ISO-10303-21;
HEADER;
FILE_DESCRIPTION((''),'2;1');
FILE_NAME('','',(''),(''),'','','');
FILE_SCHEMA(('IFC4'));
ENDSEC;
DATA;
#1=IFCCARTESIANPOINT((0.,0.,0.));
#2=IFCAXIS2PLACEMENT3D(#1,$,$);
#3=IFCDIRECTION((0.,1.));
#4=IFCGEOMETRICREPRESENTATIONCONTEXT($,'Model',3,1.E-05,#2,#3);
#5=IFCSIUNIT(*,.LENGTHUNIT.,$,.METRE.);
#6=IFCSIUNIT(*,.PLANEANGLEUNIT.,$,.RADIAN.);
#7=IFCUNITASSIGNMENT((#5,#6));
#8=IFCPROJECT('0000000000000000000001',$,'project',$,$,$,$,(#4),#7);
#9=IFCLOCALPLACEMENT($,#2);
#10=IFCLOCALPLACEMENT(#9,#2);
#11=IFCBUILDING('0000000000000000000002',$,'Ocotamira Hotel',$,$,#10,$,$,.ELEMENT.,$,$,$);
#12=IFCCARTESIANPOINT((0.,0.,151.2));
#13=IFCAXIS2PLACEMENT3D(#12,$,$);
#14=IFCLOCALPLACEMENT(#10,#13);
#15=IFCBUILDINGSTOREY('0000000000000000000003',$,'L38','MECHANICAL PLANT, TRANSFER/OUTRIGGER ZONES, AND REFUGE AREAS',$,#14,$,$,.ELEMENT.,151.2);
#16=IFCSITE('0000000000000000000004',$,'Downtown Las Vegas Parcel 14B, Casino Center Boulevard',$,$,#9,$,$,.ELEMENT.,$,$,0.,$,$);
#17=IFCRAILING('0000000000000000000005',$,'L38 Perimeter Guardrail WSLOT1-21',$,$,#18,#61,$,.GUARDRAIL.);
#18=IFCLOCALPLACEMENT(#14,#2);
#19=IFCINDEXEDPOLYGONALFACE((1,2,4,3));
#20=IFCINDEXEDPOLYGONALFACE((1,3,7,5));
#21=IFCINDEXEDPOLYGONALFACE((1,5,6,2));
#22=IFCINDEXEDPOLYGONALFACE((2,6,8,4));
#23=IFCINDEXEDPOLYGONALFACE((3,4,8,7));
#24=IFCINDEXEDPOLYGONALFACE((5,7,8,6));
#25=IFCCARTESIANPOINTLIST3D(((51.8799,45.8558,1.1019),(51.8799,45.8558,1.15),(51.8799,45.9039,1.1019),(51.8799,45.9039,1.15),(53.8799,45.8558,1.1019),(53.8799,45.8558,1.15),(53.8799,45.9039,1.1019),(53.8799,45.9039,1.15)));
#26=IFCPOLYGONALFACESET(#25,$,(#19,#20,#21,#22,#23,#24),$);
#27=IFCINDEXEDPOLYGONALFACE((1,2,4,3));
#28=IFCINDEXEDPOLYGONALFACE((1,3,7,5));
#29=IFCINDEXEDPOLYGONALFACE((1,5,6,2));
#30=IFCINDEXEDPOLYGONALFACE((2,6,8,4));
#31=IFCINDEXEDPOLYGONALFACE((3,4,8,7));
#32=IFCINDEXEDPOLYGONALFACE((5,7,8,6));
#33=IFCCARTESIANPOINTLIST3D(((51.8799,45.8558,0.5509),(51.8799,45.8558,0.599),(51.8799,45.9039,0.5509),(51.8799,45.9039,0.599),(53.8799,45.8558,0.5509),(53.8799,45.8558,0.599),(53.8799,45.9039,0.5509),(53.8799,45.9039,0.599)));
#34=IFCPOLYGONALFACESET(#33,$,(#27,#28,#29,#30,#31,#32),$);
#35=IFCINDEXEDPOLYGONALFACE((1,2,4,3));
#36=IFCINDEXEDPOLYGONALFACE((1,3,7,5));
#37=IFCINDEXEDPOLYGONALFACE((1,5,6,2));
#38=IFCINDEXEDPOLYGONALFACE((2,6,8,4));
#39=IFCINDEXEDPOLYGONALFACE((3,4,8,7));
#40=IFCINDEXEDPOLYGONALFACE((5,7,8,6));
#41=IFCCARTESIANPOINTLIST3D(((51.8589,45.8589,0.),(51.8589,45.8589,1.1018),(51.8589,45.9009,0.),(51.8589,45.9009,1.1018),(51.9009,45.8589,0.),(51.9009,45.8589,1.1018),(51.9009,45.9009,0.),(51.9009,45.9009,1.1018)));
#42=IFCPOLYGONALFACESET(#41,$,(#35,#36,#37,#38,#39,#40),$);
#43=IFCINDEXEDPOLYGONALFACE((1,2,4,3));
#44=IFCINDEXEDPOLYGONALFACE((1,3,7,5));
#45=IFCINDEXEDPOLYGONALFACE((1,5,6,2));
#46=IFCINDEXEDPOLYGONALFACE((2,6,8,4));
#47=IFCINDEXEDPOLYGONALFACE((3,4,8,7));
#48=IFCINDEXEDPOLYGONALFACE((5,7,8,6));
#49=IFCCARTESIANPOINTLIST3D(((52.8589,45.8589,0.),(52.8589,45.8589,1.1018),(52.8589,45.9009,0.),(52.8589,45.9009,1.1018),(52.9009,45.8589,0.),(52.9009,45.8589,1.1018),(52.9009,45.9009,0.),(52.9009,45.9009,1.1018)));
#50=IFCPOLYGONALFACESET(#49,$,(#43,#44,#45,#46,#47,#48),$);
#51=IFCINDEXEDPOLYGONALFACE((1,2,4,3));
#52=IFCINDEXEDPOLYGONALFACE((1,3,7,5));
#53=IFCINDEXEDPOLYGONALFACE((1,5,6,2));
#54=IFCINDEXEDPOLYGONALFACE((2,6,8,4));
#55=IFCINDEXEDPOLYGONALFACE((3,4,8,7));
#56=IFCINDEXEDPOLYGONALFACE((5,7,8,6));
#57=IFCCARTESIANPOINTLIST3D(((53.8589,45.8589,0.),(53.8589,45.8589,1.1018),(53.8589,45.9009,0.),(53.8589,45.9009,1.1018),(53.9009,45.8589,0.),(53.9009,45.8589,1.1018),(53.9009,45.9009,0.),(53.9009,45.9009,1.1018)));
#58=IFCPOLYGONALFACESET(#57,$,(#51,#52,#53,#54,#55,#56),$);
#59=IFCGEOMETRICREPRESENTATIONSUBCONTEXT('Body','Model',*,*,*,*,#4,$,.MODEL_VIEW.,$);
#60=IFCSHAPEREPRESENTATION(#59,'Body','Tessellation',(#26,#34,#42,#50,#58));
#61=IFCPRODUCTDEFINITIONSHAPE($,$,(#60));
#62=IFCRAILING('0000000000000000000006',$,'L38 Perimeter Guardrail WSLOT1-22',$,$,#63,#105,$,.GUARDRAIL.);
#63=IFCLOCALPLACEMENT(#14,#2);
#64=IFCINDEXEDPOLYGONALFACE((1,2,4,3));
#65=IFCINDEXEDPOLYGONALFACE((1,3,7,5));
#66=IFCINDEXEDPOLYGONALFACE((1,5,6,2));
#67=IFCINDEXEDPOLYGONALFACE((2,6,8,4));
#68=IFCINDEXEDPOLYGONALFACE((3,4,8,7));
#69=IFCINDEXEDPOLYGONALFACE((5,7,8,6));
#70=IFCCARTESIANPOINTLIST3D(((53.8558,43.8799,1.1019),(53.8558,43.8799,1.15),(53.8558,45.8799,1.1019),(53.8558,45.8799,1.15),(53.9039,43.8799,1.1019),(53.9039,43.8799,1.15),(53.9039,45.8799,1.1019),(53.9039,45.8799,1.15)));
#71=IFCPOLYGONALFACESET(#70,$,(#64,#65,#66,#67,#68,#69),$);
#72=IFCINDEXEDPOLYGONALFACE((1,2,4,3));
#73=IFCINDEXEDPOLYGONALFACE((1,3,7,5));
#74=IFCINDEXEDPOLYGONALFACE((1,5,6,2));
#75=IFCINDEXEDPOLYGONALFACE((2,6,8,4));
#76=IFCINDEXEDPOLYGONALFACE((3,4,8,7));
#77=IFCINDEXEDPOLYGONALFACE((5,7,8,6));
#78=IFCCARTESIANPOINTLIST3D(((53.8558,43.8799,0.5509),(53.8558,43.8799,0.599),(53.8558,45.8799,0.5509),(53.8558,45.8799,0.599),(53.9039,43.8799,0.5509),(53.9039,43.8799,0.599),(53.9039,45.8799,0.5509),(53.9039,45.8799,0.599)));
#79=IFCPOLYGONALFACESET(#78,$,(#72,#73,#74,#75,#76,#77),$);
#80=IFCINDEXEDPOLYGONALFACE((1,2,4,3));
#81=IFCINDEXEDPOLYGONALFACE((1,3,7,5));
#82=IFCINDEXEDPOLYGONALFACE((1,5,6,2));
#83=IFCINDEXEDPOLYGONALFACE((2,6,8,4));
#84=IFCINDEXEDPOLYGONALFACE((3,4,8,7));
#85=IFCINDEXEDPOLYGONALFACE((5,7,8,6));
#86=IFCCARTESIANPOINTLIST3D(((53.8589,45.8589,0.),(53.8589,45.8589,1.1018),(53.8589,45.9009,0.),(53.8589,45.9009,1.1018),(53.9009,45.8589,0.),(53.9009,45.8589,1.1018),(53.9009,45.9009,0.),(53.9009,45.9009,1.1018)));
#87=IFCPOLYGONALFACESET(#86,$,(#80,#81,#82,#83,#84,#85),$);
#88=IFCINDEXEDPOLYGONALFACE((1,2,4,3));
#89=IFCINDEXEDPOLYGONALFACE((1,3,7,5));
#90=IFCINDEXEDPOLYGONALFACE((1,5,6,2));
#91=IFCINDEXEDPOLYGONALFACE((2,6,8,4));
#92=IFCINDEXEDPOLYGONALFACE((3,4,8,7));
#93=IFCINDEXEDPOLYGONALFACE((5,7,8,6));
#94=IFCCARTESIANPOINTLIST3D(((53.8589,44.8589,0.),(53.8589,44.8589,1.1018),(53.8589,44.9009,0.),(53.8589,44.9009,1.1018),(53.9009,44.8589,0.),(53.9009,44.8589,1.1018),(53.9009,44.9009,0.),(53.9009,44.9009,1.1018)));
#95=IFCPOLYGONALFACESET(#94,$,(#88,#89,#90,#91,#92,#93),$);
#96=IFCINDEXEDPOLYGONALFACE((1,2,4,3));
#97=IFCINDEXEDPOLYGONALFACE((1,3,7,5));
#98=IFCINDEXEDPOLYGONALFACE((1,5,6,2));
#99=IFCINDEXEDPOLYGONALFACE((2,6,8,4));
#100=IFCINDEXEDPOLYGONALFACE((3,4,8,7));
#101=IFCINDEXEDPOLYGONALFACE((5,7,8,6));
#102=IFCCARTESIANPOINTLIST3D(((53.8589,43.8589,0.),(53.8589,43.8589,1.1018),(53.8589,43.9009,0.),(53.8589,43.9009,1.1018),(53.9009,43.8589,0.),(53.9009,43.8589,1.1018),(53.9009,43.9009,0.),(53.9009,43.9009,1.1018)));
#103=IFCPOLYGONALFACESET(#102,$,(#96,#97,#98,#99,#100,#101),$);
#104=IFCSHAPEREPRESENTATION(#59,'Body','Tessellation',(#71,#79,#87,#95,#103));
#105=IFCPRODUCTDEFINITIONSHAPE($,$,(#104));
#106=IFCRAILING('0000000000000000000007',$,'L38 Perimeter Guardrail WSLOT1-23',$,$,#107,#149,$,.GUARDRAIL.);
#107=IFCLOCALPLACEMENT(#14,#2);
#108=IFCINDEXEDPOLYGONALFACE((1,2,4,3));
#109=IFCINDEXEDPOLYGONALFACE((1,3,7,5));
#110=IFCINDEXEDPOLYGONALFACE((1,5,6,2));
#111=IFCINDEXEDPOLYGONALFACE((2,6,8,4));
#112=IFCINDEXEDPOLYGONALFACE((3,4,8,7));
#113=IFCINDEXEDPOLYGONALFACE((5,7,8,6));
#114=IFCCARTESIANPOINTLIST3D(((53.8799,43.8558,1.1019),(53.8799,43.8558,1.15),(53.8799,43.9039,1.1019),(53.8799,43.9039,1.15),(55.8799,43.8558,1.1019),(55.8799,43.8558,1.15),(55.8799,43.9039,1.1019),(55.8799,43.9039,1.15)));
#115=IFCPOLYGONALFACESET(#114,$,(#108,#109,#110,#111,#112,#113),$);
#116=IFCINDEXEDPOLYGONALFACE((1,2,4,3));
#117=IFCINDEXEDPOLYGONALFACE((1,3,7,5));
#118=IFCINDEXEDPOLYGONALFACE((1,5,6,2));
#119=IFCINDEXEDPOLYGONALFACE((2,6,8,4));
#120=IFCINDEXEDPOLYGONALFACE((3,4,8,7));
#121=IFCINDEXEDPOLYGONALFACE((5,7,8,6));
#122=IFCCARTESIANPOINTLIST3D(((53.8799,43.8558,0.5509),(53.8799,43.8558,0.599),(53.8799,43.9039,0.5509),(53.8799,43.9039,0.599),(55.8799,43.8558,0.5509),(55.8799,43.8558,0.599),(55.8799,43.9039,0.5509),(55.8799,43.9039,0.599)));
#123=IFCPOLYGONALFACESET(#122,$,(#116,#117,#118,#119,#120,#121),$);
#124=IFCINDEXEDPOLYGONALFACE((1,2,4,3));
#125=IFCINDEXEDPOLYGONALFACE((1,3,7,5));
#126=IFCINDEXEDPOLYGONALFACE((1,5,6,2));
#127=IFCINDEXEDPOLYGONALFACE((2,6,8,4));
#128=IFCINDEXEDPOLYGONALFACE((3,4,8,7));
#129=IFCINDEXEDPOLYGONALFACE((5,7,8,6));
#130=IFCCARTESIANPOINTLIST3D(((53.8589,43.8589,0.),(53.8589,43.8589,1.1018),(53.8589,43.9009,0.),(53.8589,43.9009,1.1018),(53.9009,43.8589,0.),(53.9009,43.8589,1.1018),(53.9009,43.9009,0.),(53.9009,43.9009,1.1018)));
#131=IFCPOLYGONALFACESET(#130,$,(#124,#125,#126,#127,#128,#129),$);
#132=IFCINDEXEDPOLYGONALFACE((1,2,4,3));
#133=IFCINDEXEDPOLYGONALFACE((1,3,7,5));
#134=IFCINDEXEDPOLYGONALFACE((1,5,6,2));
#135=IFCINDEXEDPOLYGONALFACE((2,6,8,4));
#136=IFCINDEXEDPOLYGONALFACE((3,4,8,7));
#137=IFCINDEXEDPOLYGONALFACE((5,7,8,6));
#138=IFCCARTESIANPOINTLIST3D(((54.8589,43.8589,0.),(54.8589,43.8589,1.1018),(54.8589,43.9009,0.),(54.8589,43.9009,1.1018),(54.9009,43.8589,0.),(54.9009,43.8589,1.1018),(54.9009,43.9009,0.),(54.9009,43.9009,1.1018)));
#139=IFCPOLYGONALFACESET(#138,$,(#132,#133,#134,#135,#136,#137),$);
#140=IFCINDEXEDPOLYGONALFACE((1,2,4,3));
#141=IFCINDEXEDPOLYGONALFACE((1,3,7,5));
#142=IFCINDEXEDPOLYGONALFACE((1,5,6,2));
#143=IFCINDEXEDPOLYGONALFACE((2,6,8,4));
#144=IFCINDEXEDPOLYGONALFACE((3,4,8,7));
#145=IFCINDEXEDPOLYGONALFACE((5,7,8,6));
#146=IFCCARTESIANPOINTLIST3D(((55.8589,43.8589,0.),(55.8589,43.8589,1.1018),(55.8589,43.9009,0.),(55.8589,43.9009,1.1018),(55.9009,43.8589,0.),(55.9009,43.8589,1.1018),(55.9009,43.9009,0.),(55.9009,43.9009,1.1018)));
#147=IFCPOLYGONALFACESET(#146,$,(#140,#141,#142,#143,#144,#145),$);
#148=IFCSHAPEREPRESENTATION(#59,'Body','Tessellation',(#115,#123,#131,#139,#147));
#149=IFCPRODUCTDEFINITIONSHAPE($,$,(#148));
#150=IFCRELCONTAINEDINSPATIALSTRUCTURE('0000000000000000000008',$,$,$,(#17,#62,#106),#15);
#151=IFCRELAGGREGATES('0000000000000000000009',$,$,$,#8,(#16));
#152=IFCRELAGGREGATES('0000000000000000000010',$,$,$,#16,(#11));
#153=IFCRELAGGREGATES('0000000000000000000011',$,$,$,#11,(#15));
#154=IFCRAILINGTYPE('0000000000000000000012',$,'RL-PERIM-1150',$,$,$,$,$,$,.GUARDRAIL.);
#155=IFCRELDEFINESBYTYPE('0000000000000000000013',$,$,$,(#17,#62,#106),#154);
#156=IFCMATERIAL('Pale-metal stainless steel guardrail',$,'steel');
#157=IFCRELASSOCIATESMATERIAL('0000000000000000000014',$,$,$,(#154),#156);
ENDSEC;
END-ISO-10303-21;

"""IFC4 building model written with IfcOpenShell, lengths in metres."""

from ifc_helpers import new_model, si_unit, direction, frame, origin, origin_2d, place, context, subcontext, project, spatial, rectangle, extrude, material, type_object, element, save


model = new_model("IFC4")

# Units and contexts
model_context = context("Model", 3, precision=1e-05, world=origin(), true_north=direction((0.0, 1.0)))
body_context = subcontext(model_context, "Body", "Model", "MODEL_VIEW")
ifc_project = project(units=[si_unit("LENGTHUNIT", "METRE"), si_unit("PLANEANGLEUNIT", "RADIAN")], contexts=[model_context])

# Site, building, storey
site_placement = place(None, origin())
site = spatial("IfcSite", under=ifc_project, at=site_placement, Name="Downtown Las Vegas Parcel 14B, Casino Center Boulevard", CompositionType="ELEMENT", RefElevation=0.0)
building_placement = place(site_placement, origin())
building = spatial("IfcBuilding", under=site, at=building_placement, Name="Ocotamira Hotel", CompositionType="ELEMENT")
storey_placement = place(building_placement, frame((0.0, 0.0, 151.2)))
storey = spatial("IfcBuildingStorey", under=building, at=storey_placement, Name="L38", Description="MECHANICAL PLANT, TRANSFER/OUTRIGGER ZONES, AND REFUGE AREAS", CompositionType="ELEMENT", Elevation=151.2)

# Railings
ifc_material_1 = material(Name="Pale-metal stainless steel guardrail", Category="steel")
railing_type = type_object("IfcRailingType", Name="RL-PERIM-1150", PredefinedType="GUARDRAIL", material=ifc_material_1)
railing_1_placement = place(storey_placement, frame((51.8799, 45.8799, 0.0)))
element("IfcRailing", 1, at=railing_1_placement, inside=storey, type_object=railing_type, Name="L38 Perimeter Guardrail WSLOT1-21", PredefinedType="GUARDRAIL", context=body_context, shape_type="SweptSolid", body=[
    extrude(rectangle(XDim=0.0481, YDim=0.0481, at=origin_2d()), frame((0.0, 0.0, 1.126), z_axis=(1.0, 0.0, 0.0), x_axis=(0.0, 1.0, 0.0)), (0.0, 0.0, 1.0), 2.0),
    extrude(rectangle(XDim=0.0481, YDim=0.0481, at=origin_2d()), frame((0.0, 0.0, 0.575), z_axis=(1.0, 0.0, 0.0), x_axis=(0.0, 1.0, 0.0)), (0.0, 0.0, 1.0), 2.0),
    extrude(rectangle(XDim=0.042, YDim=0.042, at=origin_2d()), origin(), (0.0, 0.0, 1.0), 1.1018),
    extrude(rectangle(XDim=0.042, YDim=0.042, at=origin_2d()), frame((1.0, 0.0, 0.0)), (0.0, 0.0, 1.0), 1.1018),
    extrude(rectangle(XDim=0.042, YDim=0.042, at=origin_2d()), frame((2.0, 0.0, 0.0)), (0.0, 0.0, 1.0), 1.1018),
])
railing_2_placement = place(storey_placement, frame((53.8799, 45.8799, 0.0)))
element("IfcRailing", 2, at=railing_2_placement, inside=storey, type_object=railing_type, Name="L38 Perimeter Guardrail WSLOT1-22", PredefinedType="GUARDRAIL", context=body_context, shape_type="SweptSolid", body=[
    extrude(rectangle(XDim=0.0481, YDim=0.0481, at=origin_2d()), frame((0.0, 0.0, 1.126), z_axis=(0.0, -1.0, 0.0), x_axis=(1.0, 0.0, 0.0)), (0.0, 0.0, 1.0), 2.0),
    extrude(rectangle(XDim=0.0481, YDim=0.0481, at=origin_2d()), frame((0.0, 0.0, 0.575), z_axis=(0.0, -1.0, 0.0), x_axis=(1.0, 0.0, 0.0)), (0.0, 0.0, 1.0), 2.0),
    extrude(rectangle(XDim=0.042, YDim=0.042, at=origin_2d()), origin(), (0.0, 0.0, 1.0), 1.1018),
    extrude(rectangle(XDim=0.042, YDim=0.042, at=origin_2d()), frame((0.0, -1.0, 0.0)), (0.0, 0.0, 1.0), 1.1018),
    extrude(rectangle(XDim=0.042, YDim=0.042, at=origin_2d()), frame((0.0, -2.0, 0.0)), (0.0, 0.0, 1.0), 1.1018),
])
railing_3_placement = place(storey_placement, frame((53.8799, 43.8799, 0.0)))
element("IfcRailing", 3, at=railing_3_placement, inside=storey, type_object=railing_type, Name="L38 Perimeter Guardrail WSLOT1-23", PredefinedType="GUARDRAIL", context=body_context, shape_type="SweptSolid", body=[
    extrude(rectangle(XDim=0.0481, YDim=0.0481, at=origin_2d()), frame((0.0, 0.0, 1.126), z_axis=(1.0, 0.0, 0.0), x_axis=(0.0, 1.0, 0.0)), (0.0, 0.0, 1.0), 2.0),
    extrude(rectangle(XDim=0.0481, YDim=0.0481, at=origin_2d()), frame((0.0, 0.0, 0.575), z_axis=(1.0, 0.0, 0.0), x_axis=(0.0, 1.0, 0.0)), (0.0, 0.0, 1.0), 2.0),
    extrude(rectangle(XDim=0.042, YDim=0.042, at=origin_2d()), origin(), (0.0, 0.0, 1.0), 1.1018),
    extrude(rectangle(XDim=0.042, YDim=0.042, at=origin_2d()), frame((1.0, 0.0, 0.0)), (0.0, 0.0, 1.0), 1.1018),
    extrude(rectangle(XDim=0.042, YDim=0.042, at=origin_2d()), frame((2.0, 0.0, 0.0)), (0.0, 0.0, 1.0), 1.1018),
])

save(model, "model.ifc")
